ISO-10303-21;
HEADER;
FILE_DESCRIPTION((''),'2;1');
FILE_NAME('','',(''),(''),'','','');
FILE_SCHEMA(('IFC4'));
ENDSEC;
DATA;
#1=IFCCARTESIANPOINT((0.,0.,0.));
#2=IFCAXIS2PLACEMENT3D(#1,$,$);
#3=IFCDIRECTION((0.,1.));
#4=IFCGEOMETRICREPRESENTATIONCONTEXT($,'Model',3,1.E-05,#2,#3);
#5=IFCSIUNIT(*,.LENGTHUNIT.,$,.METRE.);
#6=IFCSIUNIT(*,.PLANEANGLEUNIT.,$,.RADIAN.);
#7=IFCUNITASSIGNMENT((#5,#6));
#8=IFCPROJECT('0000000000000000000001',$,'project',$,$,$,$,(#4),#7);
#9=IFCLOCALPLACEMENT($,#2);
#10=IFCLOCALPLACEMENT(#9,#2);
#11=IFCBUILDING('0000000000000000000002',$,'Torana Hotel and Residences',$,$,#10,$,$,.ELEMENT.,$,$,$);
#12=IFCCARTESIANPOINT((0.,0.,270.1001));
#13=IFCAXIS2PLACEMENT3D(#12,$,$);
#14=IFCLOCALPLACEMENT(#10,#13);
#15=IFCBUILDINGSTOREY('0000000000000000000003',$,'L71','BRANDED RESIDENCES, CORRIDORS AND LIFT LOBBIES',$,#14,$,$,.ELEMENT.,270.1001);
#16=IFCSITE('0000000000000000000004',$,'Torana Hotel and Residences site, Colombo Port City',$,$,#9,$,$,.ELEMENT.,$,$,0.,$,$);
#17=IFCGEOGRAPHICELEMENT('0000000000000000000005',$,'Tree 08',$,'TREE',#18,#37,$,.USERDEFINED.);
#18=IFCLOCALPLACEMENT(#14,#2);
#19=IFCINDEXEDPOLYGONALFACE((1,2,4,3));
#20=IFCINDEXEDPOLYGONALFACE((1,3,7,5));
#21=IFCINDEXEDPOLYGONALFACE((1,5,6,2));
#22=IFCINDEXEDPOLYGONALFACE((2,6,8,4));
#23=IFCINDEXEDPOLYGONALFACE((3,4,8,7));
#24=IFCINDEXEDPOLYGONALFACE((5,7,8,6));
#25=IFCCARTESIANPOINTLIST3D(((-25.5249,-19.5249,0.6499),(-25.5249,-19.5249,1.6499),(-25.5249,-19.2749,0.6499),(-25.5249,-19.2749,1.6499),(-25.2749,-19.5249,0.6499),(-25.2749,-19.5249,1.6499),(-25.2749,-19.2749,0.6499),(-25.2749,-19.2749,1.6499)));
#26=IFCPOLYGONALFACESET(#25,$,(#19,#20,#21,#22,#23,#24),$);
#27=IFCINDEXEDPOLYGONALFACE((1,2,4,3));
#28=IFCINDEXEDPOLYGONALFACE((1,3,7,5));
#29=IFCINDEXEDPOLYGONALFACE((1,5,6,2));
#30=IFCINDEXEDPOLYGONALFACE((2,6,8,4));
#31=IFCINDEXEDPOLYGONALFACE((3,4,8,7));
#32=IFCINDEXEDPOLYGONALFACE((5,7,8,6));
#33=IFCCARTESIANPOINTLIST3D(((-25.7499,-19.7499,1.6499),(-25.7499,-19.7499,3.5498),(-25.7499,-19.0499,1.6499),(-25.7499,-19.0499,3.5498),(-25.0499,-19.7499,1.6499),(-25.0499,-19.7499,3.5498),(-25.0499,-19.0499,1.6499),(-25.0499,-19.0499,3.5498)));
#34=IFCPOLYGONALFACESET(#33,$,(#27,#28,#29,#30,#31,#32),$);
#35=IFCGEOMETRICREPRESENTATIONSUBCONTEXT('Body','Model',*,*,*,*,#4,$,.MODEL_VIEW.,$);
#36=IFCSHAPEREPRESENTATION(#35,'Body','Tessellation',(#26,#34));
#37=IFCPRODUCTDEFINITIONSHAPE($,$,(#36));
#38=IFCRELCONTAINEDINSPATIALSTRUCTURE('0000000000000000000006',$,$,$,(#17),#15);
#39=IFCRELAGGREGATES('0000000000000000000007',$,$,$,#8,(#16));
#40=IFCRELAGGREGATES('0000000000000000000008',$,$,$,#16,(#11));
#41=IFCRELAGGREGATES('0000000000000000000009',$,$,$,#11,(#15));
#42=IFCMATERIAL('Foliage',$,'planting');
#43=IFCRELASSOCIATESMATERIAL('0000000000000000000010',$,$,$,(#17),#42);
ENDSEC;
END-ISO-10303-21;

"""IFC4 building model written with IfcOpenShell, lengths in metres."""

from ifc_helpers import new_model, si_unit, direction, frame, origin, origin_2d, place, context, subcontext, project, spatial, rectangle, extrude, material, element, save


model = new_model("IFC4")

# Units and contexts
model_context = context("Model", 3, precision=1e-05, world=origin(), true_north=direction((0.0, 1.0)))
body_context = subcontext(model_context, "Body", "Model", "MODEL_VIEW")
ifc_project = project(units=[si_unit("LENGTHUNIT", "METRE"), si_unit("PLANEANGLEUNIT", "RADIAN")], contexts=[model_context])

# Site, building, storey
site_placement = place(None, origin())
site = spatial("IfcSite", under=ifc_project, at=site_placement, Name="Torana Hotel and Residences site, Colombo Port City", CompositionType="ELEMENT", RefElevation=0.0)
building_placement = place(site_placement, origin())
building = spatial("IfcBuilding", under=site, at=building_placement, Name="Torana Hotel and Residences", CompositionType="ELEMENT")
storey_placement = place(building_placement, frame((0.0, 0.0, 270.1001)))
storey = spatial("IfcBuildingStorey", under=building, at=storey_placement, Name="L71", Description="BRANDED RESIDENCES, CORRIDORS AND LIFT LOBBIES", CompositionType="ELEMENT", Elevation=270.1001)

# Geographic element
ifc_material_1 = material(Name="Foliage", Category="planting")
geographic_element_placement = place(storey_placement, frame((-25.3999, -19.3999, 0.6499), z_axis=(0.0, 0.0, 1.0), x_axis=(1.0, 0.0, 0.0)))
element("IfcGeographicElement", 1, at=geographic_element_placement, inside=storey, material=ifc_material_1, Name="Tree 08", ObjectType="TREE", PredefinedType="USERDEFINED", context=body_context, shape_type="SweptSolid", body=[
    extrude(rectangle(XDim=0.25, YDim=0.25, at=origin_2d()), origin(), (0.0, 0.0, 1.0), 1.0),
    extrude(rectangle(XDim=0.7, YDim=0.7, at=origin_2d()), frame((0.0, 0.0, 1.0)), (0.0, 0.0, 1.0), 1.8999),
])

save(model, "model.ifc")
